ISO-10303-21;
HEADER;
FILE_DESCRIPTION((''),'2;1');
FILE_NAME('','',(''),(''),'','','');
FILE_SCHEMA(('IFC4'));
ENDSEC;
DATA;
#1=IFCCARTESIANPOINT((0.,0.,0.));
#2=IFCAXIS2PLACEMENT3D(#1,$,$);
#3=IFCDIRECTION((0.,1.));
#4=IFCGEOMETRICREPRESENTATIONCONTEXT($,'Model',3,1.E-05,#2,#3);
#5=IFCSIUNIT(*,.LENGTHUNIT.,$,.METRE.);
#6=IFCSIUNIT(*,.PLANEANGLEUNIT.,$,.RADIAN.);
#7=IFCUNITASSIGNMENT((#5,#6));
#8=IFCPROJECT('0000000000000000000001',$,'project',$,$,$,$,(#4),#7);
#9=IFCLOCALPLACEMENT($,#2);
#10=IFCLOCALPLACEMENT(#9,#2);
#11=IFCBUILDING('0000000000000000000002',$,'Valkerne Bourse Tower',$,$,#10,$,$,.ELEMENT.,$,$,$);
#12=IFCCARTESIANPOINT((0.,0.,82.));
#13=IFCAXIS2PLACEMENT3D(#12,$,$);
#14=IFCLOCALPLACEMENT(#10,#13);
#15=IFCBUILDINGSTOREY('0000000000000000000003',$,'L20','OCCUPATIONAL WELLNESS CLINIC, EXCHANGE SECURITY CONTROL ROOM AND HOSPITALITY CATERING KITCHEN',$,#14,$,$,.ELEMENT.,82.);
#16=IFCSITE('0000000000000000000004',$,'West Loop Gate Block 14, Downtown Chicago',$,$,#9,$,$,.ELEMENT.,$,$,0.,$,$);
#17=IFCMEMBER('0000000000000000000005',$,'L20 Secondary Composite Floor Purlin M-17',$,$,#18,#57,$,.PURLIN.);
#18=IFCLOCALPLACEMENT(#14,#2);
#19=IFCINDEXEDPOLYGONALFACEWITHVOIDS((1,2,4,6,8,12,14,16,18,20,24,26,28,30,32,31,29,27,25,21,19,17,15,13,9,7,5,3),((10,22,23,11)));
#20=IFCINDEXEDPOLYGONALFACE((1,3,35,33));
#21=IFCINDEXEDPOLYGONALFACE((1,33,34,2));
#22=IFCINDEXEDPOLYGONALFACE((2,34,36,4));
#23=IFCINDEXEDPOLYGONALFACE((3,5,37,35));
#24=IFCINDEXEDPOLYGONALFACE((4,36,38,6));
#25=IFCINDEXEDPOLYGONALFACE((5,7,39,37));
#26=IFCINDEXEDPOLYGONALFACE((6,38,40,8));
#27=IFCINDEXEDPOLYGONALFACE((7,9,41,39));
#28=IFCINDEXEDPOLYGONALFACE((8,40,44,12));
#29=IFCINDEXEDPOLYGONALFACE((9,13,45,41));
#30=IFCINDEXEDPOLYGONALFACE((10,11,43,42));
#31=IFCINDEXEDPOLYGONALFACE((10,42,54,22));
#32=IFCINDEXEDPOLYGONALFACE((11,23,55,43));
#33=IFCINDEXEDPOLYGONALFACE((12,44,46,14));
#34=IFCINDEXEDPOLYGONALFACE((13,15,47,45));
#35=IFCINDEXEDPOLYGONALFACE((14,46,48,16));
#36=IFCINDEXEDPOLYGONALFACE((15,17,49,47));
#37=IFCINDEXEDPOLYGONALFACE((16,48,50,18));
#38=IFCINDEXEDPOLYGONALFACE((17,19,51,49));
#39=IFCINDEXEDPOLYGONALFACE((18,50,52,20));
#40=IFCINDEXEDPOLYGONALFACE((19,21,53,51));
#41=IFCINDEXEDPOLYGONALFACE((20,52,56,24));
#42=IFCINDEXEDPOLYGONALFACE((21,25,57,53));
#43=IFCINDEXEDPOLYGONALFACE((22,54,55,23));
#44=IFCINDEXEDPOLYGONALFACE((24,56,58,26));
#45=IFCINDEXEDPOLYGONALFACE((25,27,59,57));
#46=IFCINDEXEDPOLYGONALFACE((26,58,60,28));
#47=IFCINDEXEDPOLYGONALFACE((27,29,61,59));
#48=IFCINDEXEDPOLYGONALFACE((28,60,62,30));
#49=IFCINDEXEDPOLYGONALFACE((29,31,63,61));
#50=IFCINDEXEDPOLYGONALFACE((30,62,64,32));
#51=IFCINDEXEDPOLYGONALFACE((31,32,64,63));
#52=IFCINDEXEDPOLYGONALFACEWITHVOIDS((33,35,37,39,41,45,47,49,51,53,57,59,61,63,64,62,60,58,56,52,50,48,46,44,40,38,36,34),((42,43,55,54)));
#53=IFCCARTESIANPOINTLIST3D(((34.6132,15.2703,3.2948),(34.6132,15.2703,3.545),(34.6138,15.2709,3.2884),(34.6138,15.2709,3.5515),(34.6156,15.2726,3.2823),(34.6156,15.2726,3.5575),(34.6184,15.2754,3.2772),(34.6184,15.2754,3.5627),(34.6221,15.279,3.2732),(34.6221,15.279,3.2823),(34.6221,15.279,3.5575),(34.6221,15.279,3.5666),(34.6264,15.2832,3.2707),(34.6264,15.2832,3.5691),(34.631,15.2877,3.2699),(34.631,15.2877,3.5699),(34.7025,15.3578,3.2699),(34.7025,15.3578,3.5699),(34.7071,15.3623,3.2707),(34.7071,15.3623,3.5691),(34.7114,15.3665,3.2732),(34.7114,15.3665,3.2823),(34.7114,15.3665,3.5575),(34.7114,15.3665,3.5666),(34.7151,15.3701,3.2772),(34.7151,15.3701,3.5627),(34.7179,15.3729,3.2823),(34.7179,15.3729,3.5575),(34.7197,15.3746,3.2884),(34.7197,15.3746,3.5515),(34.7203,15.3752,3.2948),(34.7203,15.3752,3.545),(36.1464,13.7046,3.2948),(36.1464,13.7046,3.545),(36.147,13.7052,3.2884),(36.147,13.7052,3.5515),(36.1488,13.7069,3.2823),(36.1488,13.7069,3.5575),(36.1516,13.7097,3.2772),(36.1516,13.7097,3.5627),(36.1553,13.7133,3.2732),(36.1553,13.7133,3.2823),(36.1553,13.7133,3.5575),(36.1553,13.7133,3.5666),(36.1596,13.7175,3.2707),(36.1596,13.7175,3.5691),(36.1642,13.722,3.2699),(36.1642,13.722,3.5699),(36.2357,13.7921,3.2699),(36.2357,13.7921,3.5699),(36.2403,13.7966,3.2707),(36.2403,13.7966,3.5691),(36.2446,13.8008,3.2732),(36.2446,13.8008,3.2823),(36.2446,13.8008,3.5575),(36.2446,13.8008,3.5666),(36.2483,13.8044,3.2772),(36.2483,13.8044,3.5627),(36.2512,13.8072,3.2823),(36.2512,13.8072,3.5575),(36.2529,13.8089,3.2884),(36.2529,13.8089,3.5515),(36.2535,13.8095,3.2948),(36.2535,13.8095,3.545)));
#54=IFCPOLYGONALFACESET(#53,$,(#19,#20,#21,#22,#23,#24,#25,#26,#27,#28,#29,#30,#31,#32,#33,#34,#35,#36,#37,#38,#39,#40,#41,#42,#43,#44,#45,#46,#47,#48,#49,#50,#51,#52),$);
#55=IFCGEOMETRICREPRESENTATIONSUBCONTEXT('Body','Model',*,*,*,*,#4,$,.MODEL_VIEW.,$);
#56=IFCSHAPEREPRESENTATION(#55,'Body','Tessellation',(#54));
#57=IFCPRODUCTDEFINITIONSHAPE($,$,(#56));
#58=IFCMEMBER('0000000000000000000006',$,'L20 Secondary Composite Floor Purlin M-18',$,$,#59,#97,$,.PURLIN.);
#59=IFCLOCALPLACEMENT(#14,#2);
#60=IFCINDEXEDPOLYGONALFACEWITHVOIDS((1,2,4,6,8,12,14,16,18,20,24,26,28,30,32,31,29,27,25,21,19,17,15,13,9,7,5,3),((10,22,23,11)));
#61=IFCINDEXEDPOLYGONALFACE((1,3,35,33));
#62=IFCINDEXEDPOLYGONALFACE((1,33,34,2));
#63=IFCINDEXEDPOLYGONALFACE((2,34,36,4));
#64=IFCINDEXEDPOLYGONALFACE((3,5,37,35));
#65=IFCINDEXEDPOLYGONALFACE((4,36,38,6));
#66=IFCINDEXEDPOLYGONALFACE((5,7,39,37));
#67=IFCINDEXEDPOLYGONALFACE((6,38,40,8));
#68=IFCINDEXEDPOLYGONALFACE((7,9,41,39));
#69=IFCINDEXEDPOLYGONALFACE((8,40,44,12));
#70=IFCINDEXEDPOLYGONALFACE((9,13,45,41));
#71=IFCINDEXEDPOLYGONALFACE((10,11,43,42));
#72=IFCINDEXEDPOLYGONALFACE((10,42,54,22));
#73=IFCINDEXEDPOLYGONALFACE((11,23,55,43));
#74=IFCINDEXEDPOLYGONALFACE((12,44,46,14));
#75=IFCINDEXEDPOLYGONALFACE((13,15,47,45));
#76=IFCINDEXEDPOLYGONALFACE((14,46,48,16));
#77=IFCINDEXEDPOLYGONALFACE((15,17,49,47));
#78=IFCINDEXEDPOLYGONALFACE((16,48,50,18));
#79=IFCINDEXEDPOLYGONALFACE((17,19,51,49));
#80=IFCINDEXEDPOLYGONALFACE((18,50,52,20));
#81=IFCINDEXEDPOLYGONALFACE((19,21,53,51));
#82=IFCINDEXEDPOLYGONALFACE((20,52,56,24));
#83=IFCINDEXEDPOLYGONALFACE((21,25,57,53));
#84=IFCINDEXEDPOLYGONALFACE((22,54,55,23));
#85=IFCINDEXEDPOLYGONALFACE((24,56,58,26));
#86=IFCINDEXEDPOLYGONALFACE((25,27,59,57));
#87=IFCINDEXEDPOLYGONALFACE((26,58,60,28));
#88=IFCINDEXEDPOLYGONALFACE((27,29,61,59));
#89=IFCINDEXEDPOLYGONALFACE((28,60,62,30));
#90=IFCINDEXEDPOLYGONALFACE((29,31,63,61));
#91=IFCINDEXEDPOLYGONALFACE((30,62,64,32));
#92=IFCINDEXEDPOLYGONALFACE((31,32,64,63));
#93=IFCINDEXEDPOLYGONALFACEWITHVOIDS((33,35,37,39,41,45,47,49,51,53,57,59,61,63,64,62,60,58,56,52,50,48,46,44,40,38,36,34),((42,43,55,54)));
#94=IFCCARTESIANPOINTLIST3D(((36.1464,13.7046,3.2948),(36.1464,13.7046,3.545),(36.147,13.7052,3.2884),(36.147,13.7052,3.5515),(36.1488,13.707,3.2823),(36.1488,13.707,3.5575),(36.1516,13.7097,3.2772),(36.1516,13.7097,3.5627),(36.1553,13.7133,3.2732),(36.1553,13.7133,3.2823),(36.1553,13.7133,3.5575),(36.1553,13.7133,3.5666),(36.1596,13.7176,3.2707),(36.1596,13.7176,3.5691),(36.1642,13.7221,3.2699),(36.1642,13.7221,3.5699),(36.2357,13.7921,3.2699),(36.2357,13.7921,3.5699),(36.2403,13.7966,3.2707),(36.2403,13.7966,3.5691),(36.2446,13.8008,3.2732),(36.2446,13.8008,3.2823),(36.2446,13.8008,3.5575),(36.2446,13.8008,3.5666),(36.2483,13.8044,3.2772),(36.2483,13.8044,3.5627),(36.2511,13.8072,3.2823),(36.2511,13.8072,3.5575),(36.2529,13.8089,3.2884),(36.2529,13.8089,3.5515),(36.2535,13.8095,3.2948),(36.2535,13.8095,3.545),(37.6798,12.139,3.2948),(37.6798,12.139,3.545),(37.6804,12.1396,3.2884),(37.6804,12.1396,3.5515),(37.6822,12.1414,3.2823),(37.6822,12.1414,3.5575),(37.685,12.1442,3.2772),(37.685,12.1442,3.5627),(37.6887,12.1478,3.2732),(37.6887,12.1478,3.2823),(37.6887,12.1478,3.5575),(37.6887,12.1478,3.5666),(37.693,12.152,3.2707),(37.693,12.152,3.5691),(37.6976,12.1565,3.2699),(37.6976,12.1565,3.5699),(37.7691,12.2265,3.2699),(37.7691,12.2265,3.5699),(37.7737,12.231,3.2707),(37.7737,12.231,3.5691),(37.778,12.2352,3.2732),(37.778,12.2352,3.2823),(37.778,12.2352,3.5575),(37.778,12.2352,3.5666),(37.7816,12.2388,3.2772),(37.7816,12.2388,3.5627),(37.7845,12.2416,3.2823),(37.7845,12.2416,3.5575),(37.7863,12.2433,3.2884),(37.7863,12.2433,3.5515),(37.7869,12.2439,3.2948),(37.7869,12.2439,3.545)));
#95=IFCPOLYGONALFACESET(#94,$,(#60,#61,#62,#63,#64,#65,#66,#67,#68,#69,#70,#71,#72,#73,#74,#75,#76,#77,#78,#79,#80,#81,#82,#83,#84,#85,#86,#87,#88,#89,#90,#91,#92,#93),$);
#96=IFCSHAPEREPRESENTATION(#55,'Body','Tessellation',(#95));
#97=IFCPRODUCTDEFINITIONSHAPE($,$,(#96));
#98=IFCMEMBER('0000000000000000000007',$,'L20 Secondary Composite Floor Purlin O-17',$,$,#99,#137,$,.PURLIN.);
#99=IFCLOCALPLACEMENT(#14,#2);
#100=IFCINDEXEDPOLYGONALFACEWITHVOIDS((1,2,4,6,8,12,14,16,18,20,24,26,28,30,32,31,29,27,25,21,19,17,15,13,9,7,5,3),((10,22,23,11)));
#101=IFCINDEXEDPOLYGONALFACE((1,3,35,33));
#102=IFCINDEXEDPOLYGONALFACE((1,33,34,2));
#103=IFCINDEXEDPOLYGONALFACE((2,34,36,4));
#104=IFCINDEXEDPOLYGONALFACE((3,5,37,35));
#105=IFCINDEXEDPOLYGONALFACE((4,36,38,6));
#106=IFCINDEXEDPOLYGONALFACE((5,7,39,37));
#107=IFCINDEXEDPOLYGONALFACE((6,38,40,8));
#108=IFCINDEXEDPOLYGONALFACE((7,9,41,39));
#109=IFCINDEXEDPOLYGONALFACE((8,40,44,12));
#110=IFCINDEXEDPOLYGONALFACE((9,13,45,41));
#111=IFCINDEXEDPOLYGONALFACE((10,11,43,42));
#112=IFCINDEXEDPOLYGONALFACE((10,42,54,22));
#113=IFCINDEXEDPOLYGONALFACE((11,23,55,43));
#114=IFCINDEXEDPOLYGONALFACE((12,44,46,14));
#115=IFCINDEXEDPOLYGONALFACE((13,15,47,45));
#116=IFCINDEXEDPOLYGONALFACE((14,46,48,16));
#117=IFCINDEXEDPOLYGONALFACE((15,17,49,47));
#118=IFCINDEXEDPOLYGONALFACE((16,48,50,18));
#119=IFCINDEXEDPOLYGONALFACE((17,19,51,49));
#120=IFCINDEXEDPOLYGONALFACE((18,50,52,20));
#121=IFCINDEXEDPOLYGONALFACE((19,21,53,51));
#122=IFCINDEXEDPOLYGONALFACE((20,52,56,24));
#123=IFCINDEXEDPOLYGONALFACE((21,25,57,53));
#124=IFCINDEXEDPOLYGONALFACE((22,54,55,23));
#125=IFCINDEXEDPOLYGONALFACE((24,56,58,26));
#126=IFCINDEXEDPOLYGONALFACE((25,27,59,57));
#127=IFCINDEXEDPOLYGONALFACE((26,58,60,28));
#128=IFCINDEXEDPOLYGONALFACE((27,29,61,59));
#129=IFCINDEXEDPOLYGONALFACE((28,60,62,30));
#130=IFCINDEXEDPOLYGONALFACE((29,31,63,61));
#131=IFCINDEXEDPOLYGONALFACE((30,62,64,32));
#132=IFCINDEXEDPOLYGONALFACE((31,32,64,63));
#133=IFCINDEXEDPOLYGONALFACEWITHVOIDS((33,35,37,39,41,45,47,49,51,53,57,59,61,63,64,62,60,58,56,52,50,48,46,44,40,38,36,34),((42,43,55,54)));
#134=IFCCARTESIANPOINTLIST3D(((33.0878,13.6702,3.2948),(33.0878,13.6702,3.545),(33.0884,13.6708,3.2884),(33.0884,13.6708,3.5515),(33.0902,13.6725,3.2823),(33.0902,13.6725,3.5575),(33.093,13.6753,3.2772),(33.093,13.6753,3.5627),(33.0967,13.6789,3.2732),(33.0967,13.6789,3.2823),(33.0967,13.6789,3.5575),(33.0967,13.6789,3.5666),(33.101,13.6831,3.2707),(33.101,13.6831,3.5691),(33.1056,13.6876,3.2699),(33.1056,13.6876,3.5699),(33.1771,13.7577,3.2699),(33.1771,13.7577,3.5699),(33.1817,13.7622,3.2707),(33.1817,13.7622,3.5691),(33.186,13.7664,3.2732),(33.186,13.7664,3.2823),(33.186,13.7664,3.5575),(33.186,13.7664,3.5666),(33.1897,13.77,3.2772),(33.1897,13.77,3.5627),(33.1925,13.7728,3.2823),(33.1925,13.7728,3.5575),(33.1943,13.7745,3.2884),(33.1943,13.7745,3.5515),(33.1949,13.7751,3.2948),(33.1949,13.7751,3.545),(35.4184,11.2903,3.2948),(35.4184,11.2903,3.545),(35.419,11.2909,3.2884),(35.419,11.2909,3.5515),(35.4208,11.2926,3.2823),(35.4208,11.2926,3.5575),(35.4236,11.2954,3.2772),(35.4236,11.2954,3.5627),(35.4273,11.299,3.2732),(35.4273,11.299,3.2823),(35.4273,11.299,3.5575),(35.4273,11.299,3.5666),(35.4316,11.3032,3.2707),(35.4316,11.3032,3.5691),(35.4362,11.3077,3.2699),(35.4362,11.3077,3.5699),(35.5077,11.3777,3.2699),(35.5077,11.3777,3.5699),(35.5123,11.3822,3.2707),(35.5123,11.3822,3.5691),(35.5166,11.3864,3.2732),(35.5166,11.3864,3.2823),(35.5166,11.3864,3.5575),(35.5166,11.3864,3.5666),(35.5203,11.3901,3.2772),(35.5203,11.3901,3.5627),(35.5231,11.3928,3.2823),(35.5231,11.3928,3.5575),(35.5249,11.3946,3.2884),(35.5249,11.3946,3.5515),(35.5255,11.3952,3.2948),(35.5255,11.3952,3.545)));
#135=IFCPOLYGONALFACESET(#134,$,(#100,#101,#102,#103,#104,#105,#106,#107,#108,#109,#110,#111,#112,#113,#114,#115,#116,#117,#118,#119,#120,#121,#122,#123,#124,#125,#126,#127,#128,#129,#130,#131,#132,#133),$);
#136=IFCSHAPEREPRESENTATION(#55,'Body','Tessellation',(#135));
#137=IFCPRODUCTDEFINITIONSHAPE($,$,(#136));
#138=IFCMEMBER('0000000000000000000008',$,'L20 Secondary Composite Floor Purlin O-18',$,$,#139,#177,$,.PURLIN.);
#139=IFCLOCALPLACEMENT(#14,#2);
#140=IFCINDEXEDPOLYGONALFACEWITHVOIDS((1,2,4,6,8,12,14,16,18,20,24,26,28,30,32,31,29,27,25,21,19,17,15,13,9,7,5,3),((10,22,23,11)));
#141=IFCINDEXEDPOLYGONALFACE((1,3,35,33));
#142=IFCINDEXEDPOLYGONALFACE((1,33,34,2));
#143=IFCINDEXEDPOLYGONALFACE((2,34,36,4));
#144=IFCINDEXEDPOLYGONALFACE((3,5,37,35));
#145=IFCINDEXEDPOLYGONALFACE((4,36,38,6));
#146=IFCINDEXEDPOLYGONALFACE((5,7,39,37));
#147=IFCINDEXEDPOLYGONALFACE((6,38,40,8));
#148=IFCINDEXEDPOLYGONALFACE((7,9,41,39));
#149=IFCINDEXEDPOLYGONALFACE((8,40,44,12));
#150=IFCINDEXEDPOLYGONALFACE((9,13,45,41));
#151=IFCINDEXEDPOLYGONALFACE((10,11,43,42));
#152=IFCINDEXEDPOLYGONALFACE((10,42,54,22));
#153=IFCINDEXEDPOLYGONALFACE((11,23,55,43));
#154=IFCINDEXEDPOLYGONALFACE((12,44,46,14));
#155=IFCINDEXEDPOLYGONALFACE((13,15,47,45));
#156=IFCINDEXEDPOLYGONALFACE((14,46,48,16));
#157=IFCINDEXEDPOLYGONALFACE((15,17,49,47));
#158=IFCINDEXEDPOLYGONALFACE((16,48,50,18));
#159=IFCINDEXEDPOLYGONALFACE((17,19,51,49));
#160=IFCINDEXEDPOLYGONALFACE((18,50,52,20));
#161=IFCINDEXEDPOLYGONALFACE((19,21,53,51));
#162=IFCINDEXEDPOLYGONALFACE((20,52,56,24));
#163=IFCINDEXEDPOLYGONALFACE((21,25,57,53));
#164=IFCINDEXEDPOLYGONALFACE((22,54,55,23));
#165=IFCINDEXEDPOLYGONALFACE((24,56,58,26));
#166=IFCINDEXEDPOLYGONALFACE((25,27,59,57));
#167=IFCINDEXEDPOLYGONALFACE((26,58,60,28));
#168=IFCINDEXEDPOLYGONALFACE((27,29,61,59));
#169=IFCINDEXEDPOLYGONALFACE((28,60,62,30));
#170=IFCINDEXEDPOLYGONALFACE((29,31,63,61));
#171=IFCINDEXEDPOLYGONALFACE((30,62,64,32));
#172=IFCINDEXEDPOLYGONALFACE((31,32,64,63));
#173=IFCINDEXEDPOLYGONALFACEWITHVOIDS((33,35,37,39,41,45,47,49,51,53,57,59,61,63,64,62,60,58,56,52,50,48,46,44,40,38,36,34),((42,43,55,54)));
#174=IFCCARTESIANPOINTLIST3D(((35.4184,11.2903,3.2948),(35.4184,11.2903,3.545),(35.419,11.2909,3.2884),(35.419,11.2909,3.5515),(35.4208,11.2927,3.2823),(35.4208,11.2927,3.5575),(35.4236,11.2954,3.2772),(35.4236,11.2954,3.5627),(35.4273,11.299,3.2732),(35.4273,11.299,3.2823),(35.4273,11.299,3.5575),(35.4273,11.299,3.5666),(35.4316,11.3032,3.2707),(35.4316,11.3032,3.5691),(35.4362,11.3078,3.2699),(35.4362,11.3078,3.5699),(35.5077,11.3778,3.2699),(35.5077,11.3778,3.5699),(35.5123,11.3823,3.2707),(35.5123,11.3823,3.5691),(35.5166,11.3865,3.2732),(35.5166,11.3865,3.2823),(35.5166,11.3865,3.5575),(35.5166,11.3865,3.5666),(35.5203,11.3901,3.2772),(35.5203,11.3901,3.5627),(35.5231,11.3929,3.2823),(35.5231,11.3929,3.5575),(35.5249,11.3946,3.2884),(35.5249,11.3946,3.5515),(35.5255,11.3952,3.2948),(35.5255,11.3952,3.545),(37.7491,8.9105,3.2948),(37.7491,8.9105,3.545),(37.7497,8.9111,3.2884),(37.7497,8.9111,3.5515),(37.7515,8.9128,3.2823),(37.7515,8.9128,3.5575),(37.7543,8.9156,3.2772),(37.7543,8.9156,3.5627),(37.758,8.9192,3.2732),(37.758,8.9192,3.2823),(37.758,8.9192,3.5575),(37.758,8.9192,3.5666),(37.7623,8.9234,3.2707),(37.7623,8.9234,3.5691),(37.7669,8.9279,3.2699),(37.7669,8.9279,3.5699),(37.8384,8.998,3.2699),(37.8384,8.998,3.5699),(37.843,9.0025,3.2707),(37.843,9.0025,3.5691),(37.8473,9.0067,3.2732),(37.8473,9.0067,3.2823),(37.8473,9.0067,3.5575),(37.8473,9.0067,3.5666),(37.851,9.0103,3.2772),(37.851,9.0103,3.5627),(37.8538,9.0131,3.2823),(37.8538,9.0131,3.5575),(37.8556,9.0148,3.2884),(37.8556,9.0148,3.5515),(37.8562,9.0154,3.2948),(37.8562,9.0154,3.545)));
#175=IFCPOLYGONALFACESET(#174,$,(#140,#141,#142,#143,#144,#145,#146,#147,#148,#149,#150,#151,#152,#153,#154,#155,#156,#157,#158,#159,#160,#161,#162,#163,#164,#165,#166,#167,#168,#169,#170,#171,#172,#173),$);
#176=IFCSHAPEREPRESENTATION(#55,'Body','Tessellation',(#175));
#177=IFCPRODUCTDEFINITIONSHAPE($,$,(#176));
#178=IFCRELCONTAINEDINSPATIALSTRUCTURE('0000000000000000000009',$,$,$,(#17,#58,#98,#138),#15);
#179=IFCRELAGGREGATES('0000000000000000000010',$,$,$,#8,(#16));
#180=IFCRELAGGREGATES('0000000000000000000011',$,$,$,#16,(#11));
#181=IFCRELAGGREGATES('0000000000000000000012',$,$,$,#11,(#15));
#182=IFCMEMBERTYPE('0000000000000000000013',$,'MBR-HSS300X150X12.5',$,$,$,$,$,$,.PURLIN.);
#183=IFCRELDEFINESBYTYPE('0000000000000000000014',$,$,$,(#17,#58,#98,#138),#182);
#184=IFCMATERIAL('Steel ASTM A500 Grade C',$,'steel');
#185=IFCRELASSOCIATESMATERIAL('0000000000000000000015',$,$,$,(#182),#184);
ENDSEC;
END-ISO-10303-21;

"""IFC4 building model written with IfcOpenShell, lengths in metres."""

from ifc_helpers import new_model, si_unit, direction, frame, origin, origin_2d, place, context, subcontext, project, spatial, hollow_rectangle, extrude, material, material_profile, profile_set, type_object, element, save


model = new_model("IFC4")

# Units and contexts
model_context = context("Model", 3, precision=1e-05, world=origin(), true_north=direction((0.0, 1.0)))
body_context = subcontext(model_context, "Body", "Model", "MODEL_VIEW")
ifc_project = project(units=[si_unit("LENGTHUNIT", "METRE"), si_unit("PLANEANGLEUNIT", "RADIAN")], contexts=[model_context])

# Site, building, storey
site_placement = place(None, origin())
site = spatial("IfcSite", under=ifc_project, at=site_placement, Name="West Loop Gate Block 14, Downtown Chicago", CompositionType="ELEMENT", RefElevation=0.0)
building_placement = place(site_placement, origin())
building = spatial("IfcBuilding", under=site, at=building_placement, Name="Valkerne Bourse Tower", CompositionType="ELEMENT")
storey_placement = place(building_placement, frame((0.0, 0.0, 82.0)))
storey = spatial("IfcBuildingStorey", under=building, at=storey_placement, Name="L20", Description="OCCUPATIONAL WELLNESS CLINIC, EXCHANGE SECURITY CONTROL ROOM AND HOSPITALITY CATERING KITCHEN", CompositionType="ELEMENT", Elevation=82.0)

# Members
ifc_material_1 = material(Name="Steel ASTM A500 Grade C", Category="steel")
ifc_material_profile_1 = material_profile(ifc_material_1, hollow_rectangle(XDim=0.1499, YDim=0.3, WallThickness=0.0125, OuterFilletRadius=0.0249, at=origin_2d()), Name="HSS300X150X12.5")
ifc_profile_set_1 = profile_set([ifc_material_profile_1], Name="Steel ASTM A500 Grade C")
member_type_1 = type_object("IfcMemberType", Name="MBR-HSS300X150X12.5", PredefinedType="PURLIN", material=ifc_profile_set_1)
for number, where, z_axis, x_axis, name in (
    (1, (34.6667, 15.3228, 3.4199), (0.699659, -0.714477, 0.0), (0.714477, 0.699659, 0.0), "L20 Secondary Composite Floor Purlin M-17"),
    (2, (36.2, 13.7571, 3.4199), (0.699716, -0.714421, 0.0), (0.714421, 0.699716, 0.0), "L20 Secondary Composite Floor Purlin M-18"),
):
    element("IfcMember", number, at=place(storey_placement, frame(where, z_axis=z_axis, x_axis=x_axis)), inside=storey, type_object=member_type_1, Name=name, PredefinedType="PURLIN", context=body_context, shape_type="SweptSolid", body=[
        extrude(hollow_rectangle(XDim=0.1499, YDim=0.3, WallThickness=0.0125, OuterFilletRadius=0.0249, at=origin_2d()), origin(), (0.0, 0.0, 1.0), 2.1914),
    ])
for number, where, z_axis, x_axis, name in (
    (3, (33.1414, 13.7227, 3.4199), (0.699665, -0.714471, 0.0), (0.714471, 0.699665, 0.0), "L20 Secondary Composite Floor Purlin O-17"),
    (4, (35.4719, 11.3428, 3.4199), (0.699703, -0.714434, 0.0), (0.714434, 0.699703, 0.0), "L20 Secondary Composite Floor Purlin O-18"),
):
    element("IfcMember", number, at=place(storey_placement, frame(where, z_axis=z_axis, x_axis=x_axis)), inside=storey, type_object=member_type_1, Name=name, PredefinedType="PURLIN", context=body_context, shape_type="SweptSolid", body=[
        extrude(hollow_rectangle(XDim=0.1499, YDim=0.3, WallThickness=0.0125, OuterFilletRadius=0.0249, at=origin_2d()), origin(), (0.0, 0.0, 1.0), 3.3311),
    ])

save(model, "model.ifc")
